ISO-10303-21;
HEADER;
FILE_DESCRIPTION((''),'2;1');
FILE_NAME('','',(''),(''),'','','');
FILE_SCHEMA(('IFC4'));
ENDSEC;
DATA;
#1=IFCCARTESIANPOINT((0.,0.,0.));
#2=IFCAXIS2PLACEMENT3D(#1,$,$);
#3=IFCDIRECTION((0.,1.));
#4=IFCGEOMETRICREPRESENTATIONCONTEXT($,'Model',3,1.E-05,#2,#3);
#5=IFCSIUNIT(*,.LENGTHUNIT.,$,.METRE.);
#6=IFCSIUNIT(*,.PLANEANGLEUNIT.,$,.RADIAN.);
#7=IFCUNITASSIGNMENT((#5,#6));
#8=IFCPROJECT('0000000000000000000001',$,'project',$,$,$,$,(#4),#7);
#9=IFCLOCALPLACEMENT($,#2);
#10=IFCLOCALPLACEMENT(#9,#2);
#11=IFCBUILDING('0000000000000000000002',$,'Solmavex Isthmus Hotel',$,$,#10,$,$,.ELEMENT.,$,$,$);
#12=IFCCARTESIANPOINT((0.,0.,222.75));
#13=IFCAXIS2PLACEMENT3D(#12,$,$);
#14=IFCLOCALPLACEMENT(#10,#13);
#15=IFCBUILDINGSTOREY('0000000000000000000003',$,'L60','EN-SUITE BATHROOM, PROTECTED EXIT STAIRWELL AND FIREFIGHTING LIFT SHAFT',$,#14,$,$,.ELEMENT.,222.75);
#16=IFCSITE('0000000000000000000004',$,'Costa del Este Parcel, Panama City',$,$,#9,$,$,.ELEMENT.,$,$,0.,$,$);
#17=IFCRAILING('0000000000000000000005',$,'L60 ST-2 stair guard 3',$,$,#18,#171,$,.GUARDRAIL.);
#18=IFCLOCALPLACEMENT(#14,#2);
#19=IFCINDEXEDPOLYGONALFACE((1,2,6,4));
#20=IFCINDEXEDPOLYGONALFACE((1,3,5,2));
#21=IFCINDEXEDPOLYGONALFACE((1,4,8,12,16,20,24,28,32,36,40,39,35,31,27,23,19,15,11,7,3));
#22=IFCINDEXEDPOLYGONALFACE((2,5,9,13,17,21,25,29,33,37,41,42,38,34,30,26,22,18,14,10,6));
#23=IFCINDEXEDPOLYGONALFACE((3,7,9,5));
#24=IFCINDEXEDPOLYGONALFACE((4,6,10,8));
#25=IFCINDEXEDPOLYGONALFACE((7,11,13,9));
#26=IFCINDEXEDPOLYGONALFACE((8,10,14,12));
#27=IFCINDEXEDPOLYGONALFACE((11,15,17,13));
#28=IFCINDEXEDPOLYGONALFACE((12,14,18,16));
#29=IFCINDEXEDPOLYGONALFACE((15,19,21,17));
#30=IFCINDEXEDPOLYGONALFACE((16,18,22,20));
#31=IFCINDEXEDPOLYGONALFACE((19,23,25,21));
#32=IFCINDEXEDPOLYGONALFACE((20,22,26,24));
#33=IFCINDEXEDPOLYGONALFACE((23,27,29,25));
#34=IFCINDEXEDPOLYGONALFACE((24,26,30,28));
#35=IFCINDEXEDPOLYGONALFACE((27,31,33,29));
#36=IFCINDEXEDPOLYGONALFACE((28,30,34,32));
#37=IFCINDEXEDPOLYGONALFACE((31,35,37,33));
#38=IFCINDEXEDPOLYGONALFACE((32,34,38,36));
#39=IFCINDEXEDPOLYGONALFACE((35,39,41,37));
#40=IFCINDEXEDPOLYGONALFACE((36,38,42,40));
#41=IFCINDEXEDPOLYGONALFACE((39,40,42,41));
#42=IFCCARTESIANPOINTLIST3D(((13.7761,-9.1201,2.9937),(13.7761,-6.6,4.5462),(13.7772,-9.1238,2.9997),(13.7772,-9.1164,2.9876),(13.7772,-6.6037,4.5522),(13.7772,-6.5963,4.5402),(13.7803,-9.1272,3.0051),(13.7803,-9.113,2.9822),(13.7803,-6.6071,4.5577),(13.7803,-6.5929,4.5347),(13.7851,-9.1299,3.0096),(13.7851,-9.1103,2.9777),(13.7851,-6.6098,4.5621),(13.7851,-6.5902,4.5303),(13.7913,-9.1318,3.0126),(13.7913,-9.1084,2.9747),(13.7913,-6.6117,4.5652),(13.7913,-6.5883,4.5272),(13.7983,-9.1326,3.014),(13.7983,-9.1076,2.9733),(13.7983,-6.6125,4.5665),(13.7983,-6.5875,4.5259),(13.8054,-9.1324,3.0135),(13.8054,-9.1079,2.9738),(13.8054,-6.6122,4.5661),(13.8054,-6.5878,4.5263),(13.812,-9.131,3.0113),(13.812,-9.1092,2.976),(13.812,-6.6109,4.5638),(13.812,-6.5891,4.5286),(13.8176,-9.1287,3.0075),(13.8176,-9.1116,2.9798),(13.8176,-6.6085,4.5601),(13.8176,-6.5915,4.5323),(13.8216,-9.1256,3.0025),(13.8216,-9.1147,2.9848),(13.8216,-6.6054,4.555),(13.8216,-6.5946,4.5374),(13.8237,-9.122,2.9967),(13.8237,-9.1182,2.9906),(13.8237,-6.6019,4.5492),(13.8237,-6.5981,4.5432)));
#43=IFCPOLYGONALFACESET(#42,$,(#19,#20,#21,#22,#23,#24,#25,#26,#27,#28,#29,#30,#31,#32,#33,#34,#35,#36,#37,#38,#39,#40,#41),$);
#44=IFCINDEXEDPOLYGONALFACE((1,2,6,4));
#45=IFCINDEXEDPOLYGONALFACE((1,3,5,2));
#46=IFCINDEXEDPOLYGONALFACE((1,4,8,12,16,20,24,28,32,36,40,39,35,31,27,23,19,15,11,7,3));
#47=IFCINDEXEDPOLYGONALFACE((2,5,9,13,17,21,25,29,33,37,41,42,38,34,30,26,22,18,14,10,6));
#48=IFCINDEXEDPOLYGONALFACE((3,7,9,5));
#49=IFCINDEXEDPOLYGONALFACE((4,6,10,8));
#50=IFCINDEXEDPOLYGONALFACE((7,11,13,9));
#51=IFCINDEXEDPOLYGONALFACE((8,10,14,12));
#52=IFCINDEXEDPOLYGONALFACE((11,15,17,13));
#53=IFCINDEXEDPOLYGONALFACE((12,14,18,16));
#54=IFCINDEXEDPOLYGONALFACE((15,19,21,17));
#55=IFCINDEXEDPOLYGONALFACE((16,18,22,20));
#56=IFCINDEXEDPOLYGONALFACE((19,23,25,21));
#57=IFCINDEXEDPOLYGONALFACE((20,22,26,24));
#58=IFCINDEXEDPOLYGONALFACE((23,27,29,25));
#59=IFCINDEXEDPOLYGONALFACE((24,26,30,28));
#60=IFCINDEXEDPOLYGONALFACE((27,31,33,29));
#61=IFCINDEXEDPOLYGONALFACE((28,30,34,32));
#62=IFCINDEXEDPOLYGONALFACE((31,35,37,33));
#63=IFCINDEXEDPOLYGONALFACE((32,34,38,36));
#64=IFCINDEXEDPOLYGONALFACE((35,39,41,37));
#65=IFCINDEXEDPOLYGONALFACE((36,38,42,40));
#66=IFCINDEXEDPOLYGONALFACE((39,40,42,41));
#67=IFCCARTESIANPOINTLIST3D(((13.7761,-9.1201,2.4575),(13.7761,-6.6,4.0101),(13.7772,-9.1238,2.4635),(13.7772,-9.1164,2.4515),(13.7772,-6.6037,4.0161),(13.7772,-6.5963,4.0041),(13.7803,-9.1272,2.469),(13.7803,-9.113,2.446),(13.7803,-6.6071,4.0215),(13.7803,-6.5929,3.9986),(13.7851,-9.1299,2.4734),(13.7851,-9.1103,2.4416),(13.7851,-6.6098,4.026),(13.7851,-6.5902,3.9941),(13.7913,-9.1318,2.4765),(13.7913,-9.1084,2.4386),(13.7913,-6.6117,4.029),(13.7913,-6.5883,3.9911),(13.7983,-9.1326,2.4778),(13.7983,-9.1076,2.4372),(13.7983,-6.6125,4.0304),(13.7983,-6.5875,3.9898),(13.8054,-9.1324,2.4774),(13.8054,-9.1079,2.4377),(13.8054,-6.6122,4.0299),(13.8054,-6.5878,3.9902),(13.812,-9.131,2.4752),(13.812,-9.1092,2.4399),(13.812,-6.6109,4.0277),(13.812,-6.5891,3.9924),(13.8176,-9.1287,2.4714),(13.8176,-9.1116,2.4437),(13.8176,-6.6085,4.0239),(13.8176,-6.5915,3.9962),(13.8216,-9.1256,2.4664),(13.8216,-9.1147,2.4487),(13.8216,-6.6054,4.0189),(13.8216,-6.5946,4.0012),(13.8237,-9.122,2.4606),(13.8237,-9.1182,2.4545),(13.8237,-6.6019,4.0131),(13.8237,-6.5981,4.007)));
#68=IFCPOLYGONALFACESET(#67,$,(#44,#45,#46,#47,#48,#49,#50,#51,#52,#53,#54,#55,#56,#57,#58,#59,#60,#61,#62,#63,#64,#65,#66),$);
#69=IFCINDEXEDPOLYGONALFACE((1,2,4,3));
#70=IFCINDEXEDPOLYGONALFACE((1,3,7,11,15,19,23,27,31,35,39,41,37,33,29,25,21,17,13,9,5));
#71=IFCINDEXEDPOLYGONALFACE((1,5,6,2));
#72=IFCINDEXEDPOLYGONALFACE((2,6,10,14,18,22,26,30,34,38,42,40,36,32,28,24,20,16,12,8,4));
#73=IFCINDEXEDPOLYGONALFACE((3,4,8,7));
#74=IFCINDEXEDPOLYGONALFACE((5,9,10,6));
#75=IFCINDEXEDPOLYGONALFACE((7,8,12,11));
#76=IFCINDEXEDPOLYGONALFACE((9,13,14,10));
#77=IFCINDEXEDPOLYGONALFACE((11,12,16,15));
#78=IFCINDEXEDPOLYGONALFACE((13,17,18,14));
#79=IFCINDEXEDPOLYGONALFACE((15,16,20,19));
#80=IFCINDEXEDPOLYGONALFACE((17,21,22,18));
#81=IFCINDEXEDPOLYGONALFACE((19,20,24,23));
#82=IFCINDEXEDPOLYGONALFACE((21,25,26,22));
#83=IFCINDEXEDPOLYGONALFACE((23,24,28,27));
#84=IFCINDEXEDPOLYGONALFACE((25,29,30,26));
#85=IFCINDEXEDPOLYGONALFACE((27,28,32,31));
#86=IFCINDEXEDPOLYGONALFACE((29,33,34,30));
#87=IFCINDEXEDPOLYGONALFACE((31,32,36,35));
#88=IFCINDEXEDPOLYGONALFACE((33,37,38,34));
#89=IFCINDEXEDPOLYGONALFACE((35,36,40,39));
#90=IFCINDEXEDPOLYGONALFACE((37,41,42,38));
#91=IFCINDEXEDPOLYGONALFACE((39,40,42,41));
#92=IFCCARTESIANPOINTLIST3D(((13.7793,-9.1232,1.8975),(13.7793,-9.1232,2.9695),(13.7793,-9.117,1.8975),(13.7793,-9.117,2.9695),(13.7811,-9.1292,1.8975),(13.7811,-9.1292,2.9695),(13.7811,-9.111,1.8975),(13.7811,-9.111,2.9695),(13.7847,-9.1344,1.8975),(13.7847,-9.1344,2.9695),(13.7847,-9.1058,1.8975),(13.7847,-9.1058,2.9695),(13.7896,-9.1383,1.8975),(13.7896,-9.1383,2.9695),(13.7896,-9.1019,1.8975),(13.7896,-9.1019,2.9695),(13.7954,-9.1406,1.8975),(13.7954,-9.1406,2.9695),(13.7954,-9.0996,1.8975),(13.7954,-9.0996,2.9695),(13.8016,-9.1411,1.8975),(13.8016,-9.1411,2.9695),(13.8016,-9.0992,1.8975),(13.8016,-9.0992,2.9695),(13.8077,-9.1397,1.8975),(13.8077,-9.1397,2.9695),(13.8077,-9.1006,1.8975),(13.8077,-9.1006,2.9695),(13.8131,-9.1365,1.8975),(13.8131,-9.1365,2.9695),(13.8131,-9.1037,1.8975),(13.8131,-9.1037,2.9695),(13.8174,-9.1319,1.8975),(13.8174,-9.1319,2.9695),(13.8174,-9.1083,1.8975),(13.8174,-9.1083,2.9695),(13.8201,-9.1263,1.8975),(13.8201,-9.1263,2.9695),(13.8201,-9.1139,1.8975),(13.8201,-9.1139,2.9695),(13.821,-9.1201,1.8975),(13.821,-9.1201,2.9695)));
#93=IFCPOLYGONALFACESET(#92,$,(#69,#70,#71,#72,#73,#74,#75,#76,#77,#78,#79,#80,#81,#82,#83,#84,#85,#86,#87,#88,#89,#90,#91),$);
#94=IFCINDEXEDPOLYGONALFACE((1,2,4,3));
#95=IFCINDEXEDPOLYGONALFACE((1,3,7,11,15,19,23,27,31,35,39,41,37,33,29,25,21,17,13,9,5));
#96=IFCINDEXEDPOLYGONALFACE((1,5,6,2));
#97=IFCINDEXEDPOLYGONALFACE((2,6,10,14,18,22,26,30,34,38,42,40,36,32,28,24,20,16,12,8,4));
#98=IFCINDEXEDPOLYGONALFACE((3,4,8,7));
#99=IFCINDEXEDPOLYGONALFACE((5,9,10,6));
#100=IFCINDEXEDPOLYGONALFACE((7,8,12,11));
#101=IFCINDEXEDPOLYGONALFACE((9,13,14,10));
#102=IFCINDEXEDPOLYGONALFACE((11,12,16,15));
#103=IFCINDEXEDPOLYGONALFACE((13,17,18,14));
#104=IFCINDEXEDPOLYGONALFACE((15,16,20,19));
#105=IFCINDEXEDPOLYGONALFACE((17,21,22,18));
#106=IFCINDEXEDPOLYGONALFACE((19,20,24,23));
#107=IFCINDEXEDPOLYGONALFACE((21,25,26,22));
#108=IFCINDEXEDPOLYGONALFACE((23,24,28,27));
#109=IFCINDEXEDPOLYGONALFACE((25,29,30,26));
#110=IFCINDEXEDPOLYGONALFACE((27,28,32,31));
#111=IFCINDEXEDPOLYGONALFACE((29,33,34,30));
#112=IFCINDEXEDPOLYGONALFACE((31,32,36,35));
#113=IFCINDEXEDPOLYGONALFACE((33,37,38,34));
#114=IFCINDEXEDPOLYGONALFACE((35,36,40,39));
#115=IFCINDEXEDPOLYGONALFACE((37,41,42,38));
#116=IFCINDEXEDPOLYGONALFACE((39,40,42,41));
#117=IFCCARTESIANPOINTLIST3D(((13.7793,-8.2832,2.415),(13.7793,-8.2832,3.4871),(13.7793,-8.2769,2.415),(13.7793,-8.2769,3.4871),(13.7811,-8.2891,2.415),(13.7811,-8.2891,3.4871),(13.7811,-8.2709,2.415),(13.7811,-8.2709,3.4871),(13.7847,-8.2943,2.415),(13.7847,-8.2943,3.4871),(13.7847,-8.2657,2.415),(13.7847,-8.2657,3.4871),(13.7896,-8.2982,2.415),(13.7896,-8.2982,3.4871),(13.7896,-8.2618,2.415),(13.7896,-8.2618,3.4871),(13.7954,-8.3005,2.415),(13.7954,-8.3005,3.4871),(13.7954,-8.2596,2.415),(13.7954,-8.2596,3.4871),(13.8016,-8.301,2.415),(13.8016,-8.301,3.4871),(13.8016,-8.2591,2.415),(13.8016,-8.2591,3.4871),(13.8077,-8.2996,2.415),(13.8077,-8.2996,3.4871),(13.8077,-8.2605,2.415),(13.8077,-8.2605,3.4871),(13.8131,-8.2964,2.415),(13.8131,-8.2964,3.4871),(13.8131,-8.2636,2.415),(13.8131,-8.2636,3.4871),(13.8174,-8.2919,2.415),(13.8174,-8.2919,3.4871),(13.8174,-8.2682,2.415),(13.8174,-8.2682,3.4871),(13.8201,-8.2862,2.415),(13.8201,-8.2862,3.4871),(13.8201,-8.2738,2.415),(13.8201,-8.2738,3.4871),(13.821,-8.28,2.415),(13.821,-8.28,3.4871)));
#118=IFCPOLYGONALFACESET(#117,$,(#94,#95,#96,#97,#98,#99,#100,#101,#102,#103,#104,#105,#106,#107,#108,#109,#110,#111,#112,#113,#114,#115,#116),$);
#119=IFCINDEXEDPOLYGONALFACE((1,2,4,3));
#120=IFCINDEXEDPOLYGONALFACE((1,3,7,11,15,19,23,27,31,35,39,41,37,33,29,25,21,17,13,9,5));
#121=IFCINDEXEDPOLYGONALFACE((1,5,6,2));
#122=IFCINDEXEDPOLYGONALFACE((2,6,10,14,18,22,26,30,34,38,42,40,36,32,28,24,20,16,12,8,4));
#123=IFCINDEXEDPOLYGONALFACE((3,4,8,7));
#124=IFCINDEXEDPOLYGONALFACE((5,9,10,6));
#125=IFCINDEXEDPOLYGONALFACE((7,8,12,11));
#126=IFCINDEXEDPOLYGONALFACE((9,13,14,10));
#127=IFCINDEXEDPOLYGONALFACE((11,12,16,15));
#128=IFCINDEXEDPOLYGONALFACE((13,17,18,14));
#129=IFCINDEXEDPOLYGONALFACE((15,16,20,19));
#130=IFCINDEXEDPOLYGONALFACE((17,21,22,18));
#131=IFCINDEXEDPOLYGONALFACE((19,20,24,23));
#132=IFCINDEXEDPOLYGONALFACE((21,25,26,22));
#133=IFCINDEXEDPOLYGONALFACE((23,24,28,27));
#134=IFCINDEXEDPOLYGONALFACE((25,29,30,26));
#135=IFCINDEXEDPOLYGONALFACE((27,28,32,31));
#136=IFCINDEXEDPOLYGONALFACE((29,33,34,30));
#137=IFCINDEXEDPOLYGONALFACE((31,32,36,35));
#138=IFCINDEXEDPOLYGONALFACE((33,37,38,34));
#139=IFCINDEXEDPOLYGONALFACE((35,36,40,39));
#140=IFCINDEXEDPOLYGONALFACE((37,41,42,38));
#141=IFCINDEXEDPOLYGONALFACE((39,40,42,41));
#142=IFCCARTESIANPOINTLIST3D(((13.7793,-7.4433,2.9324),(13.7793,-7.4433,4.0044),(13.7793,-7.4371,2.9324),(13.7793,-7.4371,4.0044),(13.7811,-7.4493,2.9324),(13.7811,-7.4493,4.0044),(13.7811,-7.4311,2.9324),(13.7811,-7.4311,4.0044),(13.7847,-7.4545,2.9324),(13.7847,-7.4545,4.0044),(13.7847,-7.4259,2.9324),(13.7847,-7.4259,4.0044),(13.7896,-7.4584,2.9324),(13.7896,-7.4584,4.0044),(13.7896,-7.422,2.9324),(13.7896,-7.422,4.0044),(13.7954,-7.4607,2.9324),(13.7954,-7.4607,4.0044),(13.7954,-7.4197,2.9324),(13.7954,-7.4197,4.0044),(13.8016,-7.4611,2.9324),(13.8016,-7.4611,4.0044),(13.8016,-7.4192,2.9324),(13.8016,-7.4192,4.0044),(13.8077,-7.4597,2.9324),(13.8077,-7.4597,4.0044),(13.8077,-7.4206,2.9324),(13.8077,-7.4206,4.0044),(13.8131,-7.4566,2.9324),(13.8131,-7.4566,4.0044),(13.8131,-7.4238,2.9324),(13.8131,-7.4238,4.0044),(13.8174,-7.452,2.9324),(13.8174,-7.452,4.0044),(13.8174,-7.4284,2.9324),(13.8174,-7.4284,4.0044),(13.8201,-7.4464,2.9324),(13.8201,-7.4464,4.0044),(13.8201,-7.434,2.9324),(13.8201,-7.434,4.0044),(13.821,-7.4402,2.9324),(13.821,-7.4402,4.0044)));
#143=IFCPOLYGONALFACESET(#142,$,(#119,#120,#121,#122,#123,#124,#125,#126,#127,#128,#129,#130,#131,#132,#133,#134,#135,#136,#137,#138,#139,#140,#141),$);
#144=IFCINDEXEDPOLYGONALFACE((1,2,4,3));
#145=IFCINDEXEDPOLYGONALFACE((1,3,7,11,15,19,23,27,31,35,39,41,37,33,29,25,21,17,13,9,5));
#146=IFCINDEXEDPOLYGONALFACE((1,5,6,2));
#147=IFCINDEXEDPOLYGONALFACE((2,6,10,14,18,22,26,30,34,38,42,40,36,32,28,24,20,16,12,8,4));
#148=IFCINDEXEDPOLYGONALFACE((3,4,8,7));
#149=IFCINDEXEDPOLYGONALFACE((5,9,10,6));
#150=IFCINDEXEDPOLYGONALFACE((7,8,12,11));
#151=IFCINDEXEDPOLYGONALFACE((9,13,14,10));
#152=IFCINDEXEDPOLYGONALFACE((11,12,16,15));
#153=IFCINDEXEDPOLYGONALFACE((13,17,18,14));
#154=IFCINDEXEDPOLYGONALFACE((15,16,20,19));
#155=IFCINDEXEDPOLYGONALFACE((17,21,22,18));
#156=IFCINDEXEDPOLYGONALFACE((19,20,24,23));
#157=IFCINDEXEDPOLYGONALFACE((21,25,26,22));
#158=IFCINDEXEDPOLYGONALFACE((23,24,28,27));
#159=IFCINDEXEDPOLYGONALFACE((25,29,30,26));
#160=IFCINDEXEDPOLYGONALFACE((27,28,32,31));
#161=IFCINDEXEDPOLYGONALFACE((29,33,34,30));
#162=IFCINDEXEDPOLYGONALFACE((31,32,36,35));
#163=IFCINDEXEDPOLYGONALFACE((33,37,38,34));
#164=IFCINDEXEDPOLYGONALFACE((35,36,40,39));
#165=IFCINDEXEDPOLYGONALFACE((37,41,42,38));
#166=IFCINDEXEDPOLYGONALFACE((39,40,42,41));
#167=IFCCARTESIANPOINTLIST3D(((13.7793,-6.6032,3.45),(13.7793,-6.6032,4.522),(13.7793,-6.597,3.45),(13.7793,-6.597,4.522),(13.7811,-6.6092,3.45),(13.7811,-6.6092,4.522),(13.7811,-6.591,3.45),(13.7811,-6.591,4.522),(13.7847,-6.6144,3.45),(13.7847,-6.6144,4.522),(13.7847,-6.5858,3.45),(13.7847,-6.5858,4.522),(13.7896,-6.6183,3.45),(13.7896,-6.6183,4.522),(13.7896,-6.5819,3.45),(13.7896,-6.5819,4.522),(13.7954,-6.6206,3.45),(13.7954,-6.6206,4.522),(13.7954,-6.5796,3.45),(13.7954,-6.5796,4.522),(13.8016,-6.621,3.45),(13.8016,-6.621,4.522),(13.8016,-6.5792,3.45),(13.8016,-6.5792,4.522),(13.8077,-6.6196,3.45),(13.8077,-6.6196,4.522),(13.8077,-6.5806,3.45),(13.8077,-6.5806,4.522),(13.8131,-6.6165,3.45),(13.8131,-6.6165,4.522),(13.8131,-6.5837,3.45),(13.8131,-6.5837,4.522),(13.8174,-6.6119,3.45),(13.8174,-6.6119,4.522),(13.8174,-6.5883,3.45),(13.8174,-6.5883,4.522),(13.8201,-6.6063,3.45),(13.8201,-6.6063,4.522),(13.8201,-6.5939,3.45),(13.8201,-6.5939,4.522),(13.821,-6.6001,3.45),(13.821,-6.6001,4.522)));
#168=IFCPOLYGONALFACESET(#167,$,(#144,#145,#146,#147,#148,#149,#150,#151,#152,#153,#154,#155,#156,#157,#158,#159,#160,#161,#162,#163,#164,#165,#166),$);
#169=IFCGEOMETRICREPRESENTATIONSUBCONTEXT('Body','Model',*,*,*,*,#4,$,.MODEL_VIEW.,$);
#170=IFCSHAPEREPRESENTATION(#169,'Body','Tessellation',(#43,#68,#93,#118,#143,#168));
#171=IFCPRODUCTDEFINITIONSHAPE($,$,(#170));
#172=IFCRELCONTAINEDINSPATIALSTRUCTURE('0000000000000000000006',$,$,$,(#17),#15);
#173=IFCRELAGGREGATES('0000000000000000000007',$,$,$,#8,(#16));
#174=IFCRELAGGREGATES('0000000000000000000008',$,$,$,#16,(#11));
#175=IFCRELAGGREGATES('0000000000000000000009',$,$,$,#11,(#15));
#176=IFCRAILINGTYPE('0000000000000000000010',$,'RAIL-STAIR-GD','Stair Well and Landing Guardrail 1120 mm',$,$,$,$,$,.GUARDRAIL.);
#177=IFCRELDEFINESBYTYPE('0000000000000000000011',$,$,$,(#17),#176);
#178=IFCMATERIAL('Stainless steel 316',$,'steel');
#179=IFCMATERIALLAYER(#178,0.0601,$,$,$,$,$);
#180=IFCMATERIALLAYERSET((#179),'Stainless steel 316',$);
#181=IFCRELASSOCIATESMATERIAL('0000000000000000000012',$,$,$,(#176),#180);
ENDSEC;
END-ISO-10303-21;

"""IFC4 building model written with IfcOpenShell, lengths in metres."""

from ifc_helpers import new_model, si_unit, direction, frame, origin, origin_2d, place, context, subcontext, project, spatial, circle, extrude, material, layer, layer_set, type_object, element, save


model = new_model("IFC4")

# Units and contexts
model_context = context("Model", 3, precision=1e-05, world=origin(), true_north=direction((0.0, 1.0)))
body_context = subcontext(model_context, "Body", "Model", "MODEL_VIEW")
ifc_project = project(units=[si_unit("LENGTHUNIT", "METRE"), si_unit("PLANEANGLEUNIT", "RADIAN")], contexts=[model_context])

# Site, building, storey
site_placement = place(None, origin())
site = spatial("IfcSite", under=ifc_project, at=site_placement, Name="Costa del Este Parcel, Panama City", CompositionType="ELEMENT", RefElevation=0.0)
building_placement = place(site_placement, origin())
building = spatial("IfcBuilding", under=site, at=building_placement, Name="Solmavex Isthmus Hotel", CompositionType="ELEMENT")
storey_placement = place(building_placement, frame((0.0, 0.0, 222.75)))
storey = spatial("IfcBuildingStorey", under=building, at=storey_placement, Name="L60", Description="EN-SUITE BATHROOM, PROTECTED EXIT STAIRWELL AND FIREFIGHTING LIFT SHAFT", CompositionType="ELEMENT", Elevation=222.75)

# Railing
ifc_material_1 = material(Name="Stainless steel 316", Category="steel")
ifc_layer_1 = layer(ifc_material_1, 0.0601)
ifc_layer_set_1 = layer_set([ifc_layer_1], Name="Stainless steel 316")
railing_type_1 = type_object("IfcRailingType", Name="RAIL-STAIR-GD", Description="Stair Well and Landing Guardrail 1120 mm", PredefinedType="GUARDRAIL", material=ifc_layer_set_1)
railing_1_placement = place(storey_placement, frame((13.8, -9.1201, 1.8975)))
element("IfcRailing", 1, at=railing_1_placement, inside=storey, type_object=railing_type_1, Name="L60 ST-2 stair guard 3", PredefinedType="GUARDRAIL", context=body_context, shape_type="SweptSolid", body=[
    extrude(circle(Radius=0.0239, at=origin_2d()), frame((0.0, 0.0, 1.0962), z_axis=(0.0, 0.8514, 0.524516), x_axis=(-1.0, 0.0, 0.0)), (0.0, 0.0, 1.0), 2.96),
    extrude(circle(Radius=0.0239, at=origin_2d()), frame((0.0, 0.0, 0.5601), z_axis=(0.0, 0.8514, 0.524516), x_axis=(-1.0, 0.0, 0.0)), (0.0, 0.0, 1.0), 2.96),
    extrude(circle(Radius=0.021, at=origin_2d()), origin(), (0.0, 0.0, 1.0), 1.072),
    extrude(circle(Radius=0.021, at=origin_2d()), frame((0.0, 0.8401, 0.5176)), (0.0, 0.0, 1.0), 1.072),
    extrude(circle(Radius=0.021, at=origin_2d()), frame((0.0, 1.6799, 1.0349)), (0.0, 0.0, 1.0), 1.072),
    extrude(circle(Radius=0.021, at=origin_2d()), frame((0.0, 2.52, 1.5525)), (0.0, 0.0, 1.0), 1.072),
])

save(model, "model.ifc")
